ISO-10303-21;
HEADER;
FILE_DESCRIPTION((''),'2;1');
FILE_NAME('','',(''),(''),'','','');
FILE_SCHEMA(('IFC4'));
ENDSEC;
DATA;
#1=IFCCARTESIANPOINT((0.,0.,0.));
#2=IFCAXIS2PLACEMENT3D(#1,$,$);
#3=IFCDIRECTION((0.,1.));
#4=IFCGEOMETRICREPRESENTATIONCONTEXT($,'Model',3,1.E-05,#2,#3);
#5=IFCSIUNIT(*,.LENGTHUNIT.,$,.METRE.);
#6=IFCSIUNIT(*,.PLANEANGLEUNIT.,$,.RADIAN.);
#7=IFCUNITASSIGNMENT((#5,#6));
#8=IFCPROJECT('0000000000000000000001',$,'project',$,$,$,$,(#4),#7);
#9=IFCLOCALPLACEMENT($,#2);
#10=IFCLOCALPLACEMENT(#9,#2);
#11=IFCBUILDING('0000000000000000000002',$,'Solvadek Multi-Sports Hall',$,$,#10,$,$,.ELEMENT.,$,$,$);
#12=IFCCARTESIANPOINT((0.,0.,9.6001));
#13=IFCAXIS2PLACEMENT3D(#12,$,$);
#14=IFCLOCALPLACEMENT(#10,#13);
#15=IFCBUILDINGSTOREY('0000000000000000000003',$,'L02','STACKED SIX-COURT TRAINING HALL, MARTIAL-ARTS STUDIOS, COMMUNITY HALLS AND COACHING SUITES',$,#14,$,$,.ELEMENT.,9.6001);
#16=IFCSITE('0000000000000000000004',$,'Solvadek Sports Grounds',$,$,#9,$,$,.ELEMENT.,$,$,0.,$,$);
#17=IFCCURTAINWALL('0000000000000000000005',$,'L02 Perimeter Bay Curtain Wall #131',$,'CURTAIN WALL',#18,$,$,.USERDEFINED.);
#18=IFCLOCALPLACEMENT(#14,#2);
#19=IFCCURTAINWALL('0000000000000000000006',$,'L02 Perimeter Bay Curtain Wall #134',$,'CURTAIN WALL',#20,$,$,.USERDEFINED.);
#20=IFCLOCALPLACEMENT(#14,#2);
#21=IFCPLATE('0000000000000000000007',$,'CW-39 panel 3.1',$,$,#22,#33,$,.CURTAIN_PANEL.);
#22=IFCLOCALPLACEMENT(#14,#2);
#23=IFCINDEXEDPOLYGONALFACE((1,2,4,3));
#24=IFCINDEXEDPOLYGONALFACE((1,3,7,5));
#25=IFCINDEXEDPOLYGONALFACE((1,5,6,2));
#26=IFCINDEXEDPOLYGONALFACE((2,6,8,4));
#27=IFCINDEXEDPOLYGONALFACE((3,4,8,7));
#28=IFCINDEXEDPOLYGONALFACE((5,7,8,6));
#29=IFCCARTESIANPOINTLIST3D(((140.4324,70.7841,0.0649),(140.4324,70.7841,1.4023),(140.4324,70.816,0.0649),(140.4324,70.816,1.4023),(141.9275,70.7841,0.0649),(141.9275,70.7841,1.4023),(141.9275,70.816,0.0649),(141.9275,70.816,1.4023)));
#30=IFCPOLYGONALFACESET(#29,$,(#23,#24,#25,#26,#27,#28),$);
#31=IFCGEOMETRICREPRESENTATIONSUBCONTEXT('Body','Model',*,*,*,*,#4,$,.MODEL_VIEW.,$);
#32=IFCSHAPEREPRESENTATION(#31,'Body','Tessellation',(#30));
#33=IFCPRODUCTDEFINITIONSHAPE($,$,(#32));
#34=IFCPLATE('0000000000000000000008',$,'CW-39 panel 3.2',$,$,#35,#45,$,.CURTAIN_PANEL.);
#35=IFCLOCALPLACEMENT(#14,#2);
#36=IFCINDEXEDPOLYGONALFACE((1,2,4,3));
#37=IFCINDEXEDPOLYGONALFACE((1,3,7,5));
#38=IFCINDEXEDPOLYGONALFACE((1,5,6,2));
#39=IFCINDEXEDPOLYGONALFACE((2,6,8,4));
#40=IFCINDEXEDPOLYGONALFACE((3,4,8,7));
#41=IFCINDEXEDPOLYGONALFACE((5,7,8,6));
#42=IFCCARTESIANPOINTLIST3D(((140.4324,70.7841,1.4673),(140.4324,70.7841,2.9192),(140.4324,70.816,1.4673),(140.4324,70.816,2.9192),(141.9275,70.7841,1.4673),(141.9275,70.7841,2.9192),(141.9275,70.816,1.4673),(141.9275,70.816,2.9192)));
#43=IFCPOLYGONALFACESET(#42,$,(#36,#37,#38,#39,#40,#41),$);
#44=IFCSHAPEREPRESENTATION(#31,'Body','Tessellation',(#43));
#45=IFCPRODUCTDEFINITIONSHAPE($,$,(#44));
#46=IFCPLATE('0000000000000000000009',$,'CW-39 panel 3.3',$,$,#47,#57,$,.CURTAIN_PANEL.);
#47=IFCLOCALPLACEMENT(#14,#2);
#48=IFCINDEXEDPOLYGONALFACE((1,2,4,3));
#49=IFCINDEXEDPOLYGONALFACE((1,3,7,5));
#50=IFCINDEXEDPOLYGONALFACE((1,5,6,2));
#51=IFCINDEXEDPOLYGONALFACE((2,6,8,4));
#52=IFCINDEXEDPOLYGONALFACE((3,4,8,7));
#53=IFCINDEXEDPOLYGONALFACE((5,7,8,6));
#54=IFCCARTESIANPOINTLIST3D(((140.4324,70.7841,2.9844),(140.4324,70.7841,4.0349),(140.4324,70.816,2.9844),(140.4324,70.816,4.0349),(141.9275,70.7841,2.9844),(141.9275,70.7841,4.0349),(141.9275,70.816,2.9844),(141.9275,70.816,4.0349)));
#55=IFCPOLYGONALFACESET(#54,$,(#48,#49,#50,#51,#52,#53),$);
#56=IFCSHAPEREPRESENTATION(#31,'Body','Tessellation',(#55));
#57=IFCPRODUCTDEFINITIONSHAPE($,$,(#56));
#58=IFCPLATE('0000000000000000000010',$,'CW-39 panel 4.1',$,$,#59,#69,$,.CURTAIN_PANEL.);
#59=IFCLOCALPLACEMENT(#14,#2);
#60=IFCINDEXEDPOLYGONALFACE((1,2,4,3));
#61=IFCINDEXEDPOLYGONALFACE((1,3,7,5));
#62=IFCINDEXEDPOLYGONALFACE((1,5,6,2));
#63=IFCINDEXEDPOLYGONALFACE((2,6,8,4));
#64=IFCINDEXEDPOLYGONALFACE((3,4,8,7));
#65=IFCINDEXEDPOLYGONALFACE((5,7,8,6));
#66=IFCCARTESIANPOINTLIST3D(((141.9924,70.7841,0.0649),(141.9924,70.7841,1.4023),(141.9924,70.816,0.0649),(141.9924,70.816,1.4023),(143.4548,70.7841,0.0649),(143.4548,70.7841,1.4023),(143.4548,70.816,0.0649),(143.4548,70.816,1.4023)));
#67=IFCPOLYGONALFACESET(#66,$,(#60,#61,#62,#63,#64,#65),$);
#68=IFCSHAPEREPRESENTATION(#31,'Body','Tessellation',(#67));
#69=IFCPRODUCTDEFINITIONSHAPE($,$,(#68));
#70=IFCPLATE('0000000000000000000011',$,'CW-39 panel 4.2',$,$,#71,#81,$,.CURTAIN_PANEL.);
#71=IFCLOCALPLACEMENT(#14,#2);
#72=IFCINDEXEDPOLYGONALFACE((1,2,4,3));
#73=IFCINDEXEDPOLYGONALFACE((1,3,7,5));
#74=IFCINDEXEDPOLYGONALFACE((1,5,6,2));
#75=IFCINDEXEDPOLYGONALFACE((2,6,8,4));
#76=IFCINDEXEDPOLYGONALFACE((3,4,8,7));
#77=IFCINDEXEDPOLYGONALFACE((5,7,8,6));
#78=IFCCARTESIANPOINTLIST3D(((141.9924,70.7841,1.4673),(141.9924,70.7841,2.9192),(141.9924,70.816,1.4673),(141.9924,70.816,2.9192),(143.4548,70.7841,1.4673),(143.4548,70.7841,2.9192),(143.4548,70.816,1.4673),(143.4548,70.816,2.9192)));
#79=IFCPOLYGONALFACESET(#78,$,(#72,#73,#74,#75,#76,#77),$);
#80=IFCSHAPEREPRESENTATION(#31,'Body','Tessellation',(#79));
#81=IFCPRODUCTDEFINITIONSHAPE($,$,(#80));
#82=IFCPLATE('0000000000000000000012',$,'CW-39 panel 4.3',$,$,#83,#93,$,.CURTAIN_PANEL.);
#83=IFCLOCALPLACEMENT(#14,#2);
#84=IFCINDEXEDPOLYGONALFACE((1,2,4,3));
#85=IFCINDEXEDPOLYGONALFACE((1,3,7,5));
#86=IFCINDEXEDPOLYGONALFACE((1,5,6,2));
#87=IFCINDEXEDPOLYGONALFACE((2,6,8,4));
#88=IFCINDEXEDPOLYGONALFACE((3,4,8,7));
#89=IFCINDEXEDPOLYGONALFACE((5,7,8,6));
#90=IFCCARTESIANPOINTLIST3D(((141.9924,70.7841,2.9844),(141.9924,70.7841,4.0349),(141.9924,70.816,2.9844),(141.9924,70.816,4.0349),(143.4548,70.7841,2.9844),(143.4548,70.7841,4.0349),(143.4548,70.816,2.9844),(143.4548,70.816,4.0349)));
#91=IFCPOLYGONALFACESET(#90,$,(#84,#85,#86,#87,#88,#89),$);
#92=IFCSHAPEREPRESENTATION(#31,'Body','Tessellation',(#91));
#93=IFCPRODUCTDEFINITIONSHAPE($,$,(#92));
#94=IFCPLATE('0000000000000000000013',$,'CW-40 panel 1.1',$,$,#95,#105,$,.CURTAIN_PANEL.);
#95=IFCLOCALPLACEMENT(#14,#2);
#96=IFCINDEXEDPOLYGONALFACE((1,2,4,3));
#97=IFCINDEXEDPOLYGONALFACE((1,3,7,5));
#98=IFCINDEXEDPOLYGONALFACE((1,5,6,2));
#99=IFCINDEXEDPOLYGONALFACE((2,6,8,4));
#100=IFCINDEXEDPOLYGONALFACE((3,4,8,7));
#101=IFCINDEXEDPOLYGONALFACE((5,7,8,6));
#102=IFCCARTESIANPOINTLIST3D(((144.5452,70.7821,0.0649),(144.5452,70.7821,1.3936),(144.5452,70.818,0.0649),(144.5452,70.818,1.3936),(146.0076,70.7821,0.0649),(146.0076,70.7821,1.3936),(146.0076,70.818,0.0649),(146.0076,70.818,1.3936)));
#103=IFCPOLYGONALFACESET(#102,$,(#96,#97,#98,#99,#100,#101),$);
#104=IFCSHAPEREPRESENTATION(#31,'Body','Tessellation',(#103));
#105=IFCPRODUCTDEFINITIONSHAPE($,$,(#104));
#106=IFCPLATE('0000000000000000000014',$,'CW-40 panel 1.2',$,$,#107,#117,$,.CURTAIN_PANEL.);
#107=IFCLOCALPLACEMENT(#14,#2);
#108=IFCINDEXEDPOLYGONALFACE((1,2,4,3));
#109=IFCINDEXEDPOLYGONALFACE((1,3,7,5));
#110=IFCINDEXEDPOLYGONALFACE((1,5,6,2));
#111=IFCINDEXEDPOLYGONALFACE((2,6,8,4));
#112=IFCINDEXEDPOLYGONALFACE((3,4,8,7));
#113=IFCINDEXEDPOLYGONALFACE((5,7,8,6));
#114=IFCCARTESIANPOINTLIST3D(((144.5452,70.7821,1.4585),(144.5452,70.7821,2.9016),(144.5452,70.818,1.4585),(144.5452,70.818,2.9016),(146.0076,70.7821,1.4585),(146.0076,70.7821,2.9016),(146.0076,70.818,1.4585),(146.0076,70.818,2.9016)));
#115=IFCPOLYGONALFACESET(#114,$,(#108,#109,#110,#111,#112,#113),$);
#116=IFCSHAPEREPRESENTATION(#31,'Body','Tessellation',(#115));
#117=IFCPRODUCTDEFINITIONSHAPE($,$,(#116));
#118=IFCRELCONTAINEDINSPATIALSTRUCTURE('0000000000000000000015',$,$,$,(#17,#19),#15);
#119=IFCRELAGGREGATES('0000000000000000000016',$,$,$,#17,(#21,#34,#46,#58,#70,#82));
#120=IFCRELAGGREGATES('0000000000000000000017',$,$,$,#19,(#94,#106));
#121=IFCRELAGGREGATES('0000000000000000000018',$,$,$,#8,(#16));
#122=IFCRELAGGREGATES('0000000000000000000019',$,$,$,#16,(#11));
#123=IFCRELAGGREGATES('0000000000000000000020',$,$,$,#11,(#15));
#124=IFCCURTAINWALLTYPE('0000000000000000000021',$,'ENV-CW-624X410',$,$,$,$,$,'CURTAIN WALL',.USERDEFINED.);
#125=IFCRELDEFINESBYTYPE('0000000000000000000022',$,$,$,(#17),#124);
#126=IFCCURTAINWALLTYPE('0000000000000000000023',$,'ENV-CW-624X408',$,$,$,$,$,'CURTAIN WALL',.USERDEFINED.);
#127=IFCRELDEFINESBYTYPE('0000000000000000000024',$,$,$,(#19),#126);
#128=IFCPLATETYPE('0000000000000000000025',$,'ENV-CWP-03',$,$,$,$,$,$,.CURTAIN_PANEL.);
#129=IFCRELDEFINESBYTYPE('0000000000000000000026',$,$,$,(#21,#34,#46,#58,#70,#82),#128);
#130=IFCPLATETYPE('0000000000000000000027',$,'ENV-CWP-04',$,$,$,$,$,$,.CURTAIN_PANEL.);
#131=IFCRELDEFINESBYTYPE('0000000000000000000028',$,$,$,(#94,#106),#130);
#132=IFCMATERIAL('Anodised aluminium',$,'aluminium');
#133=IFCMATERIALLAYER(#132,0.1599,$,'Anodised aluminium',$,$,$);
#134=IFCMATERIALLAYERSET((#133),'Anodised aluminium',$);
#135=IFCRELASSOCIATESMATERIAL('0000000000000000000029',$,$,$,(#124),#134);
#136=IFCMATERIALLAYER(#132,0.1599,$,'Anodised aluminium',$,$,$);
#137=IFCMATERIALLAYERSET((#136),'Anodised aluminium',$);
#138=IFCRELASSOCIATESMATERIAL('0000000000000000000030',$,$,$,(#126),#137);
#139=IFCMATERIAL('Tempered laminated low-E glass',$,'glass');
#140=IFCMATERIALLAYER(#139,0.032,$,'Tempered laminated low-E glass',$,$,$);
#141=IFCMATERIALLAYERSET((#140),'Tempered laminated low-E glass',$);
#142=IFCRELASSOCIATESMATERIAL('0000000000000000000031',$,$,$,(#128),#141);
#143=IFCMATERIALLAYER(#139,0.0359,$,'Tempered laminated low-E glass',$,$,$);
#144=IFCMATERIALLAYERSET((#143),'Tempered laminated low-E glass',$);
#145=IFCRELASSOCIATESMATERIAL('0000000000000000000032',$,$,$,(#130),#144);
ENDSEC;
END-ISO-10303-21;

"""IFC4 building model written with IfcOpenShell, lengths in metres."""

from ifc_helpers import new_model, si_unit, direction, frame, origin, origin_2d, place, context, subcontext, project, spatial, rectangle, extrude, material, layer, layer_set, type_object, element, aggregate, save


model = new_model("IFC4")

# Units and contexts
model_context = context("Model", 3, precision=1e-05, world=origin(), true_north=direction((0.0, 1.0)))
body_context = subcontext(model_context, "Body", "Model", "MODEL_VIEW")
ifc_project = project(units=[si_unit("LENGTHUNIT", "METRE"), si_unit("PLANEANGLEUNIT", "RADIAN")], contexts=[model_context])

# Site, building, storey
site_placement = place(None, origin())
site = spatial("IfcSite", under=ifc_project, at=site_placement, Name="Solvadek Sports Grounds", CompositionType="ELEMENT", RefElevation=0.0)
building_placement = place(site_placement, origin())
building = spatial("IfcBuilding", under=site, at=building_placement, Name="Solvadek Multi-Sports Hall", CompositionType="ELEMENT")
storey_placement = place(building_placement, frame((0.0, 0.0, 9.6001)))
storey = spatial("IfcBuildingStorey", under=building, at=storey_placement, Name="L02", Description="STACKED SIX-COURT TRAINING HALL, MARTIAL-ARTS STUDIOS, COMMUNITY HALLS AND COACHING SUITES", CompositionType="ELEMENT", Elevation=9.6001)

# Curtain wall
ifc_material_1 = material(Name="Anodised aluminium", Category="aluminium")
ifc_layer_1 = layer(ifc_material_1, 0.1599, Name="Anodised aluminium")
ifc_layer_set_1 = layer_set([ifc_layer_1], Name="Anodised aluminium")
curtain_wall_type_1 = type_object("IfcCurtainWallType", Name="ENV-CW-624X410", ElementType="CURTAIN WALL", PredefinedType="USERDEFINED", material=ifc_layer_set_1)
curtain_wall_1_placement = place(storey_placement, origin())
curtain_wall_1 = element("IfcCurtainWall", 1, at=curtain_wall_1_placement, inside=storey, type_object=curtain_wall_type_1, Name="L02 Perimeter Bay Curtain Wall #131", ObjectType="CURTAIN WALL", PredefinedType="USERDEFINED")

# Curtain wall
ifc_layer_2 = layer(ifc_material_1, 0.1599, Name="Anodised aluminium")
ifc_layer_set_2 = layer_set([ifc_layer_2], Name="Anodised aluminium")
curtain_wall_type_2 = type_object("IfcCurtainWallType", Name="ENV-CW-624X408", ElementType="CURTAIN WALL", PredefinedType="USERDEFINED", material=ifc_layer_set_2)
curtain_wall_2_placement = place(storey_placement, origin())
curtain_wall_2 = element("IfcCurtainWall", 2, at=curtain_wall_2_placement, inside=storey, type_object=curtain_wall_type_2, Name="L02 Perimeter Bay Curtain Wall #134", ObjectType="CURTAIN WALL", PredefinedType="USERDEFINED")

# Plates
ifc_material_2 = material(Name="Tempered laminated low-E glass", Category="glass")
ifc_layer_3 = layer(ifc_material_2, 0.032, Name="Tempered laminated low-E glass")
ifc_layer_set_3 = layer_set([ifc_layer_3], Name="Tempered laminated low-E glass")
plate_type_1 = type_object("IfcPlateType", Name="ENV-CWP-03", PredefinedType="CURTAIN_PANEL", material=ifc_layer_set_3)
plate_1_placement = place(storey_placement, frame((141.1799, 70.8, 0.0649), z_axis=(0.0, 0.0, 1.0), x_axis=(1.0, 0.0, 0.0)))
plate_1 = element("IfcPlate", 3, at=plate_1_placement, type_object=plate_type_1, Name="CW-39 panel 3.1", PredefinedType="CURTAIN_PANEL", context=body_context, shape_type="SweptSolid", body=[
    extrude(rectangle(XDim=1.4951, YDim=0.032, at=origin_2d()), origin(), (0.0, 0.0, 1.0), 1.3374),
])
plate_2_placement = place(storey_placement, frame((141.1799, 70.8, 1.4673), z_axis=(0.0, 0.0, 1.0), x_axis=(1.0, 0.0, 0.0)))
plate_2 = element("IfcPlate", 4, at=plate_2_placement, type_object=plate_type_1, Name="CW-39 panel 3.2", PredefinedType="CURTAIN_PANEL", context=body_context, shape_type="SweptSolid", body=[
    extrude(rectangle(XDim=1.4951, YDim=0.032, at=origin_2d()), origin(), (0.0, 0.0, 1.0), 1.4519),
])
plate_3_placement = place(storey_placement, frame((141.1799, 70.8, 2.9844), z_axis=(0.0, 0.0, 1.0), x_axis=(1.0, 0.0, 0.0)))
plate_3 = element("IfcPlate", 5, at=plate_3_placement, type_object=plate_type_1, Name="CW-39 panel 3.3", PredefinedType="CURTAIN_PANEL", context=body_context, shape_type="SweptSolid", body=[
    extrude(rectangle(XDim=1.4951, YDim=0.032, at=origin_2d()), origin(), (0.0, 0.0, 1.0), 1.0505),
])
plate_4_placement = place(storey_placement, frame((142.7236, 70.8, 0.0649), z_axis=(0.0, 0.0, 1.0), x_axis=(1.0, 0.0, 0.0)))
plate_4 = element("IfcPlate", 6, at=plate_4_placement, type_object=plate_type_1, Name="CW-39 panel 4.1", PredefinedType="CURTAIN_PANEL", context=body_context, shape_type="SweptSolid", body=[
    extrude(rectangle(XDim=1.4624, YDim=0.032, at=origin_2d()), origin(), (0.0, 0.0, 1.0), 1.3374),
])
plate_5_placement = place(storey_placement, frame((142.7236, 70.8, 1.4673), z_axis=(0.0, 0.0, 1.0), x_axis=(1.0, 0.0, 0.0)))
plate_5 = element("IfcPlate", 7, at=plate_5_placement, type_object=plate_type_1, Name="CW-39 panel 4.2", PredefinedType="CURTAIN_PANEL", context=body_context, shape_type="SweptSolid", body=[
    extrude(rectangle(XDim=1.4624, YDim=0.032, at=origin_2d()), origin(), (0.0, 0.0, 1.0), 1.4519),
])
plate_6_placement = place(storey_placement, frame((142.7236, 70.8, 2.9844), z_axis=(0.0, 0.0, 1.0), x_axis=(1.0, 0.0, 0.0)))
plate_6 = element("IfcPlate", 8, at=plate_6_placement, type_object=plate_type_1, Name="CW-39 panel 4.3", PredefinedType="CURTAIN_PANEL", context=body_context, shape_type="SweptSolid", body=[
    extrude(rectangle(XDim=1.4624, YDim=0.032, at=origin_2d()), origin(), (0.0, 0.0, 1.0), 1.0505),
])
aggregate(curtain_wall_1, [plate_1, plate_2, plate_3, plate_4, plate_5, plate_6])
ifc_layer_4 = layer(ifc_material_2, 0.0359, Name="Tempered laminated low-E glass")
ifc_layer_set_4 = layer_set([ifc_layer_4], Name="Tempered laminated low-E glass")
plate_type_2 = type_object("IfcPlateType", Name="ENV-CWP-04", PredefinedType="CURTAIN_PANEL", material=ifc_layer_set_4)
plate_7_placement = place(storey_placement, frame((145.2764, 70.8, 0.0649), z_axis=(0.0, 0.0, 1.0), x_axis=(1.0, 0.0, 0.0)))
plate_7 = element("IfcPlate", 9, at=plate_7_placement, type_object=plate_type_2, Name="CW-40 panel 1.1", PredefinedType="CURTAIN_PANEL", context=body_context, shape_type="SweptSolid", body=[
    extrude(rectangle(XDim=1.4624, YDim=0.0359, at=origin_2d()), origin(), (0.0, 0.0, 1.0), 1.3286),
])
plate_8_placement = place(storey_placement, frame((145.2764, 70.8, 1.4585), z_axis=(0.0, 0.0, 1.0), x_axis=(1.0, 0.0, 0.0)))
plate_8 = element("IfcPlate", 10, at=plate_8_placement, type_object=plate_type_2, Name="CW-40 panel 1.2", PredefinedType="CURTAIN_PANEL", context=body_context, shape_type="SweptSolid", body=[
    extrude(rectangle(XDim=1.4624, YDim=0.0359, at=origin_2d()), origin(), (0.0, 0.0, 1.0), 1.4431),
])
aggregate(curtain_wall_2, [plate_7, plate_8])

save(model, "model.ifc")
